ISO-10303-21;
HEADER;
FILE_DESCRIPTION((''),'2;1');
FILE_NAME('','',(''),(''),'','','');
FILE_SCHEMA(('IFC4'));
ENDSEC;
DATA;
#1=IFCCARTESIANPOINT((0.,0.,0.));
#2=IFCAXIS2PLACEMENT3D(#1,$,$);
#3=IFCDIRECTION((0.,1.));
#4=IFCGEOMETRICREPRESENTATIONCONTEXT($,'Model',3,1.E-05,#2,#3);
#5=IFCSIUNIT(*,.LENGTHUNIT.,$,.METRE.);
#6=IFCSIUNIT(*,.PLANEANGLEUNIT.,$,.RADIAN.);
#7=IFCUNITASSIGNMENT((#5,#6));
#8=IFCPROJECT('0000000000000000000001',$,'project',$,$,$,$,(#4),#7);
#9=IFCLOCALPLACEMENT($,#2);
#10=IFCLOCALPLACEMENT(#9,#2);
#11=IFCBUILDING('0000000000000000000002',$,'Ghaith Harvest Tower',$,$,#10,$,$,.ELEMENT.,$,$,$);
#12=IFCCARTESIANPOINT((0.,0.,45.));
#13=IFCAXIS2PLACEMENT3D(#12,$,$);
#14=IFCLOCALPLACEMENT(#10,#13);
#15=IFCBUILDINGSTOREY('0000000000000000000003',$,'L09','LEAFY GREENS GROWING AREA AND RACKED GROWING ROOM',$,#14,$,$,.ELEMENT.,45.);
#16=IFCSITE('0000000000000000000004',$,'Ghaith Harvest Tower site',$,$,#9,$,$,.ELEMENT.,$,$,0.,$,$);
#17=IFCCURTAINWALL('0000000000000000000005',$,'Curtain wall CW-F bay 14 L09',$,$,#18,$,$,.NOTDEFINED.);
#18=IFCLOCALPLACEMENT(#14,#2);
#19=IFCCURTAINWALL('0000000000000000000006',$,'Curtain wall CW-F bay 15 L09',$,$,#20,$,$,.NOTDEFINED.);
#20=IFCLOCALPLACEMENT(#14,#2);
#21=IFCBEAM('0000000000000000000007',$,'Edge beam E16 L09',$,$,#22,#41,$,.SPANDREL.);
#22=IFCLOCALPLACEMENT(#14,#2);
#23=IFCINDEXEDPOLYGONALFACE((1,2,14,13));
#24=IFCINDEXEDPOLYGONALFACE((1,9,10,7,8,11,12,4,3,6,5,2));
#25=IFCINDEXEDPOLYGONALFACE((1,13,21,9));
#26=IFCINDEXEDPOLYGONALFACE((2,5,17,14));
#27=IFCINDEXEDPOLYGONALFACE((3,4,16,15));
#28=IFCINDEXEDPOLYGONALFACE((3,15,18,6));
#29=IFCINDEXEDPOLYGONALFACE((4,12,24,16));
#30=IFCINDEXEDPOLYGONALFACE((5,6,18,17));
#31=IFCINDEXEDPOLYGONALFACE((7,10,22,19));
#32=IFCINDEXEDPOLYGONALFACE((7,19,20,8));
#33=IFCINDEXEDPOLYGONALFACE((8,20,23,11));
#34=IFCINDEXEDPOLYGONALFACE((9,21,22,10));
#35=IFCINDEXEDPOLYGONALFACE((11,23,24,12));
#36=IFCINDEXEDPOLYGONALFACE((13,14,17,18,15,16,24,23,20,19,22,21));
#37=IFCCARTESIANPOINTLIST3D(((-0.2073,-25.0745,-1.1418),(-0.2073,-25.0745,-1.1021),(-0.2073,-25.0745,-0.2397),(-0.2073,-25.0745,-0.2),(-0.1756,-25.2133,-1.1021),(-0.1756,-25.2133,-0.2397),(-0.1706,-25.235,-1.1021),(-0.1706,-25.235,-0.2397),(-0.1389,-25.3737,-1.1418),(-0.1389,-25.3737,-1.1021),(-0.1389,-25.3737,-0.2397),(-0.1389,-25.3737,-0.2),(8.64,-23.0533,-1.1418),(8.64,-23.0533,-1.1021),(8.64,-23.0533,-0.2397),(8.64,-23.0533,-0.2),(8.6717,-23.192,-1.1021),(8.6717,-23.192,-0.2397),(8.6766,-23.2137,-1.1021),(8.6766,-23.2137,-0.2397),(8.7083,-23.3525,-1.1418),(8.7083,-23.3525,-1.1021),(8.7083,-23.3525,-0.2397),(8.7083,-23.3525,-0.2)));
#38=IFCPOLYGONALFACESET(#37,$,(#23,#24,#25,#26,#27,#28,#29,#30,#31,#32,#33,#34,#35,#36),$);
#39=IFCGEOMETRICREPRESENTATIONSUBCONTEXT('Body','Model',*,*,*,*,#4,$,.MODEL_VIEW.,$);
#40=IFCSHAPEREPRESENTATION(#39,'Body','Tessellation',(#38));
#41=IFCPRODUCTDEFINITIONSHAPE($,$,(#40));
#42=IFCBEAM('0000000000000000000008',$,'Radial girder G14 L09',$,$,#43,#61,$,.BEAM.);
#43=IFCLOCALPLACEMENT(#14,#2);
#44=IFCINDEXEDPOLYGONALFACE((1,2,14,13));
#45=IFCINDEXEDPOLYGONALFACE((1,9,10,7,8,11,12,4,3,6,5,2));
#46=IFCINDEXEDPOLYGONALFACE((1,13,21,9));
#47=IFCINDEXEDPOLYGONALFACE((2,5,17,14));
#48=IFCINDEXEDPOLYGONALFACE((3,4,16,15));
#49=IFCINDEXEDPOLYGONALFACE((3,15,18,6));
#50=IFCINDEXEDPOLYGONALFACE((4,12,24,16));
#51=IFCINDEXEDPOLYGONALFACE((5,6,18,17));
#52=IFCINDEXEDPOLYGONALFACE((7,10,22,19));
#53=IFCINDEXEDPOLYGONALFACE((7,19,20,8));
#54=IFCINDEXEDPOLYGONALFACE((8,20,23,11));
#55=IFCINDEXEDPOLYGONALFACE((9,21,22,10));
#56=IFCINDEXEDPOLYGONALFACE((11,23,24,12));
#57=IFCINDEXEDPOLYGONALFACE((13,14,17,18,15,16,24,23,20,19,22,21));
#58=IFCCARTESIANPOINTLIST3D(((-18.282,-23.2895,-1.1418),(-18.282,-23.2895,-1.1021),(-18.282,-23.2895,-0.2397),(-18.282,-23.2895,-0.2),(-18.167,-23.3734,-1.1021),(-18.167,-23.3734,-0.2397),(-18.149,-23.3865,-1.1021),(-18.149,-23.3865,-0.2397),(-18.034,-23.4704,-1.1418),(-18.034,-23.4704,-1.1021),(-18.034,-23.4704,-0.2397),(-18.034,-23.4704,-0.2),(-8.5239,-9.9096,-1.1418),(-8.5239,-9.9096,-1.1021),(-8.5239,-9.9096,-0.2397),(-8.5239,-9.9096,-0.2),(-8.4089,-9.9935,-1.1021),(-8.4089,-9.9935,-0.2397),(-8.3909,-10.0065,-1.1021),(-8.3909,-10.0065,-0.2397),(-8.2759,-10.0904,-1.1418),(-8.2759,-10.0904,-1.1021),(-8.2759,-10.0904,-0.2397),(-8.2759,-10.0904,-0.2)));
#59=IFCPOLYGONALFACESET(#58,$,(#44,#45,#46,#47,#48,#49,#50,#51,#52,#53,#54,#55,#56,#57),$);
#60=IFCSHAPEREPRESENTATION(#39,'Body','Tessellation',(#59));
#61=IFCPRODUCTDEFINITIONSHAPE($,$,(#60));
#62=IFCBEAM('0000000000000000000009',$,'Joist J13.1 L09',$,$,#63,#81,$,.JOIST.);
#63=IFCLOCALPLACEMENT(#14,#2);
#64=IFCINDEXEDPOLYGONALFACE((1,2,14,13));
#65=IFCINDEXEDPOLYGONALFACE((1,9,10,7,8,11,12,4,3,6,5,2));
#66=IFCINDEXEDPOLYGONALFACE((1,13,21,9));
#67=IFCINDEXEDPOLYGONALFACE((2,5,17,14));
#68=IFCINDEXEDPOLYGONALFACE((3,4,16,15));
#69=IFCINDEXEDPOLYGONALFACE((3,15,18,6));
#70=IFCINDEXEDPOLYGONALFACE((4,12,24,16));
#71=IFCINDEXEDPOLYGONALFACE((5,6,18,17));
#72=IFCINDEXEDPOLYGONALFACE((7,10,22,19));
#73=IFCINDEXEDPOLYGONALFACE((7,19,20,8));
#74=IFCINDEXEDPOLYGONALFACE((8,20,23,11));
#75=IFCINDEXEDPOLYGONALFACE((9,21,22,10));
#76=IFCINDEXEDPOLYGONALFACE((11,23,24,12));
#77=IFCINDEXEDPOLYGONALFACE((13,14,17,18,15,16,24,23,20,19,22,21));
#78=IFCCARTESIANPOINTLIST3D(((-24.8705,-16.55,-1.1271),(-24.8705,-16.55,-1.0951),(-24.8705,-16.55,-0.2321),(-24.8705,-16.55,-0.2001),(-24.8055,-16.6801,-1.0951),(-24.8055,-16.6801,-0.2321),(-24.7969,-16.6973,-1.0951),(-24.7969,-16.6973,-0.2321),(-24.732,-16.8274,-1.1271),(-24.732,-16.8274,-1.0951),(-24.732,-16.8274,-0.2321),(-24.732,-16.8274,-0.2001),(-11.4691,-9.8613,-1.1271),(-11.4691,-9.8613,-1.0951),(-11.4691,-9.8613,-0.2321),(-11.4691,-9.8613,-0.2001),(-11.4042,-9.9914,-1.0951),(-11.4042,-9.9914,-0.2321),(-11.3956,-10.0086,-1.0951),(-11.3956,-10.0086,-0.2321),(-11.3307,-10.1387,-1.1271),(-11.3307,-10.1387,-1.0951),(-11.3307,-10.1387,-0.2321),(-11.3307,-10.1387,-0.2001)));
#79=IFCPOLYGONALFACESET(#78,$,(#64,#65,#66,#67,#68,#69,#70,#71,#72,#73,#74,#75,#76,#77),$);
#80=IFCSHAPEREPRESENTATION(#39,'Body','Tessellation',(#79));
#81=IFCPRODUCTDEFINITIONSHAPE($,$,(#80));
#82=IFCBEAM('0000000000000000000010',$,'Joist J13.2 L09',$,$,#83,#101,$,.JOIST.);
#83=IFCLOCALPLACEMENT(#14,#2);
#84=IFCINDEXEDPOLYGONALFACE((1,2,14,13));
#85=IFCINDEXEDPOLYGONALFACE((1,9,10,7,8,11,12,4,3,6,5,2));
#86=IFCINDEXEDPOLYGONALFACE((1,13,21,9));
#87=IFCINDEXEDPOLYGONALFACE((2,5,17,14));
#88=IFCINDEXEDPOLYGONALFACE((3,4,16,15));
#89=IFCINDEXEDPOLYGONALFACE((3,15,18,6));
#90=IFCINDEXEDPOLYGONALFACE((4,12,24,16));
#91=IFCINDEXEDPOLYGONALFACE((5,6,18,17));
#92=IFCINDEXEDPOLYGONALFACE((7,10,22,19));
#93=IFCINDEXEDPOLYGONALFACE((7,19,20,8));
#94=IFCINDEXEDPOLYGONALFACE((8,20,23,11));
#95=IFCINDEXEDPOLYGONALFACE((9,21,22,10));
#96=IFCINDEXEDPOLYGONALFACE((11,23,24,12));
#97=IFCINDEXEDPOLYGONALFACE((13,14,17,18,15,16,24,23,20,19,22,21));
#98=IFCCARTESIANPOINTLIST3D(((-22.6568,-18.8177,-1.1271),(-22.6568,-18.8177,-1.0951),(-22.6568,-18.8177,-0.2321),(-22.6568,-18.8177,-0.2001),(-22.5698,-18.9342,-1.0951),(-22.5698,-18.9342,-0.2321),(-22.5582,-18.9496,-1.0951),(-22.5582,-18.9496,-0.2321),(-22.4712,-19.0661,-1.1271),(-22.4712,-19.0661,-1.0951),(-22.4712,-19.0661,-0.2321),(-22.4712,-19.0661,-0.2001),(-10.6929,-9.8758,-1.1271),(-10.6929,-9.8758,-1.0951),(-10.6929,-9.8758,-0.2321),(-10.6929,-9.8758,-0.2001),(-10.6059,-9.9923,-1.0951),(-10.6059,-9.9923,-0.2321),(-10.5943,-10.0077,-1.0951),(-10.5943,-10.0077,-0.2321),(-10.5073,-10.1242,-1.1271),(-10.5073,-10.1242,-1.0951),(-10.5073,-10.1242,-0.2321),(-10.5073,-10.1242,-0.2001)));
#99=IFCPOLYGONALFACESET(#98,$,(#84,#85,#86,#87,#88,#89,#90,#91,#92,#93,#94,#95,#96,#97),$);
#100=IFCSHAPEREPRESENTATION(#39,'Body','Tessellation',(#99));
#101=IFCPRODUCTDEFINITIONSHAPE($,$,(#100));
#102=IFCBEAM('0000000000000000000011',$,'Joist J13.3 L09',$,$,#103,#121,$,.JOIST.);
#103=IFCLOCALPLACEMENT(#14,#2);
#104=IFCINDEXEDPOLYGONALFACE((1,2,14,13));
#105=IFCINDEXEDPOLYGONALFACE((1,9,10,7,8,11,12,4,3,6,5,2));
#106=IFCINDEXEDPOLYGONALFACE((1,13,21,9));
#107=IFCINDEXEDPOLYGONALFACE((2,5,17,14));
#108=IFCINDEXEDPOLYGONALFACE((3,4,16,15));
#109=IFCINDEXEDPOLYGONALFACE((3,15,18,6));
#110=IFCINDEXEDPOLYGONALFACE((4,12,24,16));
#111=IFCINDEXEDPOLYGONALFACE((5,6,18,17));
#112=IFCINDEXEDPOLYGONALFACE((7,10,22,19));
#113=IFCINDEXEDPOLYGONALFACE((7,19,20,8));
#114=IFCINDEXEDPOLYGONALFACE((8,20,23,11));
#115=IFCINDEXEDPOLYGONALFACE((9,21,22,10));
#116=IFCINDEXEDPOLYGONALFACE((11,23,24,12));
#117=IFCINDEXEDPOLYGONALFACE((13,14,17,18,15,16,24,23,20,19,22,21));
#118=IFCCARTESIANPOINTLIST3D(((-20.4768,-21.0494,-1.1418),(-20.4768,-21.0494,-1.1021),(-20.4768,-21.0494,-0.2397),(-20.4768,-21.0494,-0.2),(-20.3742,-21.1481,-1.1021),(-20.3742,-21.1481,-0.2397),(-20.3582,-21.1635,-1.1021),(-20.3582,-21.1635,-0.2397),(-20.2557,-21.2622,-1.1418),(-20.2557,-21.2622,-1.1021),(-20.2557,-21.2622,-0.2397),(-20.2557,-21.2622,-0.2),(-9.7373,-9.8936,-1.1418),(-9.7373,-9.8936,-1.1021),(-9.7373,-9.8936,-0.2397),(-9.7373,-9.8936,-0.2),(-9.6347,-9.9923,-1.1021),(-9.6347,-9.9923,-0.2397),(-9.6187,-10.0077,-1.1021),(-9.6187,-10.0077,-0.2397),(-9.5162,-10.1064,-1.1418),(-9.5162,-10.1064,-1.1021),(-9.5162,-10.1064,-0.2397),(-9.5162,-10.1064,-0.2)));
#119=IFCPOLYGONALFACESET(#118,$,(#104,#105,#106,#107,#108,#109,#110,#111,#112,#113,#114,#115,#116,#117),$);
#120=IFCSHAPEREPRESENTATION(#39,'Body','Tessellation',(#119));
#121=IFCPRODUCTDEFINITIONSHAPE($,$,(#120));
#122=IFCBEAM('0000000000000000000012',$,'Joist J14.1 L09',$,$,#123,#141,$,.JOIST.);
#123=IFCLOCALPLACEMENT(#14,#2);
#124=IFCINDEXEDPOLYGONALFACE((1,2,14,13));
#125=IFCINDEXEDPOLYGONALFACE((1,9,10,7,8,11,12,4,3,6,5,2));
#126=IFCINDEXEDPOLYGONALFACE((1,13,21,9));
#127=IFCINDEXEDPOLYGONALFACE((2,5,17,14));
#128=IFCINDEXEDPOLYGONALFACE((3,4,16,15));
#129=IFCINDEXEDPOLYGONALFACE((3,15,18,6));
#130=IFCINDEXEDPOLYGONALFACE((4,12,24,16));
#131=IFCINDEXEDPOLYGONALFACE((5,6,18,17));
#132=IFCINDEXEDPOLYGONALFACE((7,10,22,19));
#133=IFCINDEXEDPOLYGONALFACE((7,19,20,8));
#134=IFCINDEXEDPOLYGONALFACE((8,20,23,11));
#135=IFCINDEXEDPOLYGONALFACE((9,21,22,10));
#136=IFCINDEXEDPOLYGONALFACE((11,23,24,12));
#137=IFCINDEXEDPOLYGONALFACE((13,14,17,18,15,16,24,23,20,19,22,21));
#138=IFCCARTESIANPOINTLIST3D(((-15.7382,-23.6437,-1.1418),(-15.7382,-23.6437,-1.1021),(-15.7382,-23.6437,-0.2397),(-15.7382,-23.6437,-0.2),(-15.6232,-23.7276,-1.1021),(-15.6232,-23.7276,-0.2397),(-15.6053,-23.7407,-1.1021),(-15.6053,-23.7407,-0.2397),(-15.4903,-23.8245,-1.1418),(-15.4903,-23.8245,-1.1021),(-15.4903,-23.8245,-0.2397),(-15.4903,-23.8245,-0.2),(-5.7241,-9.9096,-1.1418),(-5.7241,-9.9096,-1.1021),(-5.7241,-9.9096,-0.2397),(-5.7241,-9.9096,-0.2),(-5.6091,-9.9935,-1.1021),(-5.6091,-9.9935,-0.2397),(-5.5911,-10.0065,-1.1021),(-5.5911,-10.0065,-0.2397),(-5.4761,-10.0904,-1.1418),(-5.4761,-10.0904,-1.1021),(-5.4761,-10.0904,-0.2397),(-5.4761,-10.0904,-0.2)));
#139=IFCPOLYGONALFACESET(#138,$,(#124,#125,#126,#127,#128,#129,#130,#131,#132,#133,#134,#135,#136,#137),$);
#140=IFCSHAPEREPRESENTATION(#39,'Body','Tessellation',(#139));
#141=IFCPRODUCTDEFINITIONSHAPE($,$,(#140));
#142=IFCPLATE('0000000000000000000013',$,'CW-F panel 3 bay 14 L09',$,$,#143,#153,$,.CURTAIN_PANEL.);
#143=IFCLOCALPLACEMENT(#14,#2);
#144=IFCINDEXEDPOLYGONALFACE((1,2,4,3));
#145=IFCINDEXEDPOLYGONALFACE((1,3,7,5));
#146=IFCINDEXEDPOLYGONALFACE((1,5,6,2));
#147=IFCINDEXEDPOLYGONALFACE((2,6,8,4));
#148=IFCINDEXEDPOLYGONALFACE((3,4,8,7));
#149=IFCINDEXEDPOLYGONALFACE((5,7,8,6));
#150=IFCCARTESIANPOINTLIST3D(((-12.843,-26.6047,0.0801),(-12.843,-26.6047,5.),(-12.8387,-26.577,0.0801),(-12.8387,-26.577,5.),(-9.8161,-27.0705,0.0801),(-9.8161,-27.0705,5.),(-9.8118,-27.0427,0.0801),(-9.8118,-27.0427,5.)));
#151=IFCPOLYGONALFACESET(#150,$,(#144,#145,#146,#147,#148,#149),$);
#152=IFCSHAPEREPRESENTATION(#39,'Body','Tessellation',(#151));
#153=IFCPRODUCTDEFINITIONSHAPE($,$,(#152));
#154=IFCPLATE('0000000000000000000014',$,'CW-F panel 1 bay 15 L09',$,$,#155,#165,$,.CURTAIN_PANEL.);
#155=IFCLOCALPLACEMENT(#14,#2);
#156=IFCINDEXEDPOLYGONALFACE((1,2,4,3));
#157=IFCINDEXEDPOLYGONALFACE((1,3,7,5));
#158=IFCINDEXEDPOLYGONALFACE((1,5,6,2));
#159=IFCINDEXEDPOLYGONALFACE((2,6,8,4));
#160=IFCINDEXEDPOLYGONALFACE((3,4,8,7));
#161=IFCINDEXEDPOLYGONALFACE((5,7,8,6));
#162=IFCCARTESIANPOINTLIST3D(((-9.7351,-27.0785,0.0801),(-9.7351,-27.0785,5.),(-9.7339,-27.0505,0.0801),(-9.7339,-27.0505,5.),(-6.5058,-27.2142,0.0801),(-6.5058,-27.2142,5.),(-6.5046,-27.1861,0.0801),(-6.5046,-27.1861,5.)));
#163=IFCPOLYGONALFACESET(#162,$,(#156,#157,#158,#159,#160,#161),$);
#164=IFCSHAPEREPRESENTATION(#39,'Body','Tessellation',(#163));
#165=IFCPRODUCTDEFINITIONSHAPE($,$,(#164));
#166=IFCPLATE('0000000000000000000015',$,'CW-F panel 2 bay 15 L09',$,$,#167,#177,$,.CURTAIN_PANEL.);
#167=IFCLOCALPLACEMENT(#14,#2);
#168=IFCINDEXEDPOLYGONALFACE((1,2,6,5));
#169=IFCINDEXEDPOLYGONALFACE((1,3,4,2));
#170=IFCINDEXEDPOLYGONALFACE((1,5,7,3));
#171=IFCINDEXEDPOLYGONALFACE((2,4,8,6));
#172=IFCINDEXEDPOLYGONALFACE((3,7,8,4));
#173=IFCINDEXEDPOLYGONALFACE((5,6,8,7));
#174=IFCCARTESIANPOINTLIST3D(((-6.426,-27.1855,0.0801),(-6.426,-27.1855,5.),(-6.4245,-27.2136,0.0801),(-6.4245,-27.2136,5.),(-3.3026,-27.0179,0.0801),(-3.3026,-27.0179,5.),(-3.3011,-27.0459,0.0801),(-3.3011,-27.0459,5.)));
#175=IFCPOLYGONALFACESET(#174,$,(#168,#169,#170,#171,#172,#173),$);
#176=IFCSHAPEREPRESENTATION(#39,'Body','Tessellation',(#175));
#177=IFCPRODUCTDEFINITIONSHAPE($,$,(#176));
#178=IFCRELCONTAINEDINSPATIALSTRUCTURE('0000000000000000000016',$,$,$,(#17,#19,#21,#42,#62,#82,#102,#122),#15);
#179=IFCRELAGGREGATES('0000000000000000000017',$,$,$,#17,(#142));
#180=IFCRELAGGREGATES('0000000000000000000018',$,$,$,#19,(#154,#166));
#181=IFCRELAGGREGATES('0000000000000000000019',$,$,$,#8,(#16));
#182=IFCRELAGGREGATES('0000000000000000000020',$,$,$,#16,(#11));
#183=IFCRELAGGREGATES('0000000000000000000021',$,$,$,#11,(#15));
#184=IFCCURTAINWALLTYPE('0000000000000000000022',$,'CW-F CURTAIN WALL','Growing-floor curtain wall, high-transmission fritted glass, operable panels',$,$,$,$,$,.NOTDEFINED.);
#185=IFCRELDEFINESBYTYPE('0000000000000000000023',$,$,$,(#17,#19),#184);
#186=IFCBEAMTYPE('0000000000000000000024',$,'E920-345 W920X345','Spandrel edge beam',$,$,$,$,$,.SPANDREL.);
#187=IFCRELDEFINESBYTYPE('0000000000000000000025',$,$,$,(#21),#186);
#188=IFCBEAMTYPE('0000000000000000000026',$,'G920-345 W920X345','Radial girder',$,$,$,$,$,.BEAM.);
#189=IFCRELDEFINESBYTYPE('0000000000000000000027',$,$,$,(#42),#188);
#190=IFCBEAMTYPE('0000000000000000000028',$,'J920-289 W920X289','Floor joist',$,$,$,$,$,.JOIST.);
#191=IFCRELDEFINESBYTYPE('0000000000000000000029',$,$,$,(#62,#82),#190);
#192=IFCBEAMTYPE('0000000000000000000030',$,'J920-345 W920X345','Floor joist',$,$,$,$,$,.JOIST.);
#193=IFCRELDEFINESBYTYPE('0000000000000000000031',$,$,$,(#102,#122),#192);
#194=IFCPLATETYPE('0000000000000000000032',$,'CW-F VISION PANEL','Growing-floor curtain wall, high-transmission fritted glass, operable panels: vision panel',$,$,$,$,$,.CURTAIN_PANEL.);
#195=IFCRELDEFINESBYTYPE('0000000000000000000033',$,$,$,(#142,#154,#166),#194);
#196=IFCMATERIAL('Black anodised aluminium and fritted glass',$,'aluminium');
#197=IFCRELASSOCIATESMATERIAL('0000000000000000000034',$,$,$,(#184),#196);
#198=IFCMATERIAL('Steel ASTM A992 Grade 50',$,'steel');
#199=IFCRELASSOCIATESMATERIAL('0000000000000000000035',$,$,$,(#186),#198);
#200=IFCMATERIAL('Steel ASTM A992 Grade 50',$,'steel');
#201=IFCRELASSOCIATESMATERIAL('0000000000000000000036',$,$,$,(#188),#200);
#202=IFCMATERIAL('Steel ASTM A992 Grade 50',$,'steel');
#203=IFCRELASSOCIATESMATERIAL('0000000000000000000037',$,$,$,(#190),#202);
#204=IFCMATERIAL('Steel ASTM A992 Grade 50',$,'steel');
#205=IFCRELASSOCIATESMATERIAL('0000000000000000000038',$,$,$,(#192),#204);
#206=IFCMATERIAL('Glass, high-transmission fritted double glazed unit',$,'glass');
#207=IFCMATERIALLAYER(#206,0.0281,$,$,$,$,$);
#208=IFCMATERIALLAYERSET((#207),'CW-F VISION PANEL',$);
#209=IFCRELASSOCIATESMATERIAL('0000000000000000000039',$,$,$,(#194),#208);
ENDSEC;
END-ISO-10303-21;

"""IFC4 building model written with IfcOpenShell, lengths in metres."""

from ifc_helpers import new_model, si_unit, direction, frame, origin, origin_2d, place, context, subcontext, project, spatial, rectangle, i_section, extrude, material, layer, layer_set, material_profile, profile_set, type_object, element, aggregate, save


model = new_model("IFC4")

# Units and contexts
model_context = context("Model", 3, precision=1e-05, world=origin(), true_north=direction((0.0, 1.0)))
body_context = subcontext(model_context, "Body", "Model", "MODEL_VIEW")
ifc_project = project(units=[si_unit("LENGTHUNIT", "METRE"), si_unit("PLANEANGLEUNIT", "RADIAN")], contexts=[model_context])

# Site, building, storey
site_placement = place(None, origin())
site = spatial("IfcSite", under=ifc_project, at=site_placement, Name="Ghaith Harvest Tower site", CompositionType="ELEMENT", RefElevation=0.0)
building_placement = place(site_placement, origin())
building = spatial("IfcBuilding", under=site, at=building_placement, Name="Ghaith Harvest Tower", CompositionType="ELEMENT")
storey_placement = place(building_placement, frame((0.0, 0.0, 45.0)))
storey = spatial("IfcBuildingStorey", under=building, at=storey_placement, Name="L09", Description="LEAFY GREENS GROWING AREA AND RACKED GROWING ROOM", CompositionType="ELEMENT", Elevation=45.0)

# Curtain wall
ifc_material_1 = material(Name="Black anodised aluminium and fritted glass", Category="aluminium")
curtain_wall_type = type_object("IfcCurtainWallType", Name="CW-F CURTAIN WALL", Description="Growing-floor curtain wall, high-transmission fritted glass, operable panels", PredefinedType="NOTDEFINED", material=ifc_material_1)
curtain_wall_1_placement = place(storey_placement, origin())
curtain_wall_1 = element("IfcCurtainWall", 1, at=curtain_wall_1_placement, inside=storey, type_object=curtain_wall_type, Name="Curtain wall CW-F bay 14 L09", PredefinedType="NOTDEFINED")

# Curtain wall
curtain_wall_2_placement = place(storey_placement, origin())
curtain_wall_2 = element("IfcCurtainWall", 2, at=curtain_wall_2_placement, inside=storey, type_object=curtain_wall_type, Name="Curtain wall CW-F bay 15 L09", PredefinedType="NOTDEFINED")

# Beams
ifc_material_2 = material(Name="Steel ASTM A992 Grade 50", Category="steel")
ifc_material_profile_1 = material_profile(ifc_material_2, i_section(OverallWidth=0.3069, OverallDepth=0.9419, WebThickness=0.0222, FlangeThickness=0.0398, at=origin_2d()), Name="W920X345")
ifc_profile_set_1 = profile_set([ifc_material_profile_1], Name="Steel ASTM A992 Grade 50")
beam_type_1 = type_object("IfcBeamType", Name="E920-345 W920X345", Description="Spandrel edge beam", PredefinedType="SPANDREL", material=ifc_profile_set_1)
beam_1_placement = place(storey_placement, frame((-0.1731, -25.2241, -0.6709), z_axis=(0.974882, 0.222723, 0.0), x_axis=(-0.222723, 0.974882, 0.0)))
element("IfcBeam", 3, at=beam_1_placement, inside=storey, type_object=beam_type_1, Name="Edge beam E16 L09", PredefinedType="SPANDREL", context=body_context, shape_type="SweptSolid", body=[
    extrude(i_section(OverallWidth=0.3069, OverallDepth=0.9419, WebThickness=0.0222, FlangeThickness=0.0398, at=origin_2d()), origin(), (0.0, 0.0, 1.0), 9.0752),
])
ifc_material_3 = material(Name="Steel ASTM A992 Grade 50", Category="steel")
ifc_material_profile_2 = material_profile(ifc_material_3, i_section(OverallWidth=0.3069, OverallDepth=0.9419, WebThickness=0.0222, FlangeThickness=0.0398, at=origin_2d()), Name="W920X345")
ifc_profile_set_2 = profile_set([ifc_material_profile_2], Name="Steel ASTM A992 Grade 50")
beam_type_2 = type_object("IfcBeamType", Name="G920-345 W920X345", Description="Radial girder", PredefinedType="BEAM", material=ifc_profile_set_2)
beam_2_placement = place(storey_placement, frame((-8.3999, -10.0, -0.6709), z_axis=(-0.589247, -0.807953, 0.0), x_axis=(0.807953, -0.589247, 0.0)))
element("IfcBeam", 4, at=beam_2_placement, inside=storey, type_object=beam_type_2, Name="Radial girder G14 L09", PredefinedType="BEAM", context=body_context, shape_type="SweptSolid", body=[
    extrude(i_section(OverallWidth=0.3069, OverallDepth=0.9419, WebThickness=0.0222, FlangeThickness=0.0398, at=origin_2d()), origin(), (0.0, 0.0, 1.0), 16.5603),
])
ifc_material_4 = material(Name="Steel ASTM A992 Grade 50", Category="steel")
ifc_material_profile_3 = material_profile(ifc_material_4, i_section(OverallWidth=0.3101, OverallDepth=0.927, WebThickness=0.0193, FlangeThickness=0.032, at=origin_2d()), Name="W920X289")
ifc_profile_set_3 = profile_set([ifc_material_profile_3], Name="Steel ASTM A992 Grade 50")
beam_type_3 = type_object("IfcBeamType", Name="J920-289 W920X289", Description="Floor joist", PredefinedType="JOIST", material=ifc_profile_set_3)
beam_3_placement = place(storey_placement, frame((-11.3999, -10.0, -0.6636), z_axis=(-0.894746, -0.446575, 0.0), x_axis=(0.446575, -0.894746, 0.0)))
element("IfcBeam", 5, at=beam_3_placement, inside=storey, type_object=beam_type_3, Name="Joist J13.1 L09", PredefinedType="JOIST", context=body_context, shape_type="SweptSolid", body=[
    extrude(i_section(OverallWidth=0.3101, OverallDepth=0.927, WebThickness=0.0193, FlangeThickness=0.032, at=origin_2d()), origin(), (0.0, 0.0, 1.0), 14.9778),
])
beam_4_placement = place(storey_placement, frame((-10.6001, -10.0, -0.6636), z_axis=(-0.800995, -0.598671, 0.0), x_axis=(0.598671, -0.800995, 0.0)))
element("IfcBeam", 6, at=beam_4_placement, inside=storey, type_object=beam_type_3, Name="Joist J13.2 L09", PredefinedType="JOIST", context=body_context, shape_type="SweptSolid", body=[
    extrude(i_section(OverallWidth=0.3101, OverallDepth=0.927, WebThickness=0.0193, FlangeThickness=0.032, at=origin_2d()), origin(), (0.0, 0.0, 1.0), 14.9363),
])
ifc_material_5 = material(Name="Steel ASTM A992 Grade 50", Category="steel")
ifc_material_profile_4 = material_profile(ifc_material_5, i_section(OverallWidth=0.3069, OverallDepth=0.9419, WebThickness=0.0222, FlangeThickness=0.0398, at=origin_2d()), Name="W920X345")
ifc_profile_set_4 = profile_set([ifc_material_profile_4], Name="Steel ASTM A992 Grade 50")
beam_type_4 = type_object("IfcBeamType", Name="J920-345 W920X345", Description="Floor joist", PredefinedType="JOIST", material=ifc_profile_set_4)
beam_5_placement = place(storey_placement, frame((-9.6267, -10.0, -0.6709), z_axis=(-0.693538, -0.72042, 0.0), x_axis=(0.72042, -0.693538, 0.0)))
element("IfcBeam", 7, at=beam_5_placement, inside=storey, type_object=beam_type_4, Name="Joist J13.3 L09", PredefinedType="JOIST", context=body_context, shape_type="SweptSolid", body=[
    extrude(i_section(OverallWidth=0.3069, OverallDepth=0.9419, WebThickness=0.0222, FlangeThickness=0.0398, at=origin_2d()), origin(), (0.0, 0.0, 1.0), 15.4851),
])
beam_6_placement = place(storey_placement, frame((-5.6001, -10.0, -0.6709), z_axis=(-0.58916, -0.808016, 0.0), x_axis=(0.808016, -0.58916, 0.0)))
element("IfcBeam", 8, at=beam_6_placement, inside=storey, type_object=beam_type_4, Name="Joist J14.1 L09", PredefinedType="JOIST", context=body_context, shape_type="SweptSolid", body=[
    extrude(i_section(OverallWidth=0.3069, OverallDepth=0.9419, WebThickness=0.0222, FlangeThickness=0.0398, at=origin_2d()), origin(), (0.0, 0.0, 1.0), 16.9973),
])

# Plates
ifc_material_6 = material(Name="Glass, high-transmission fritted double glazed unit", Category="glass")
ifc_layer_1 = layer(ifc_material_6, 0.0281)
ifc_layer_set_1 = layer_set([ifc_layer_1], Name="CW-F VISION PANEL")
plate_type = type_object("IfcPlateType", Name="CW-F VISION PANEL", Description="Growing-floor curtain wall, high-transmission fritted glass, operable panels: vision panel", PredefinedType="CURTAIN_PANEL", material=ifc_layer_set_1)
plate_1_placement = place(storey_placement, frame((-11.3274, -26.8237, 0.0801), z_axis=(0.0, 0.0, 1.0), x_axis=(0.98837, -0.152069, 0.0)))
plate_1 = element("IfcPlate", 9, at=plate_1_placement, type_object=plate_type, Name="CW-F panel 3 bay 14 L09", PredefinedType="CURTAIN_PANEL", context=body_context, shape_type="SweptSolid", body=[
    extrude(rectangle(XDim=3.0625, YDim=0.0281, at=origin_2d()), origin(), (0.0, 0.0, 1.0), 4.9199),
])
aggregate(curtain_wall_1, [plate_1])
plate_2_placement = place(storey_placement, frame((-8.1199, -27.1323, 0.0801), z_axis=(0.0, 0.0, 1.0), x_axis=(0.999119, -0.041967, 0.0)))
plate_2 = element("IfcPlate", 10, at=plate_2_placement, type_object=plate_type, Name="CW-F panel 1 bay 15 L09", PredefinedType="CURTAIN_PANEL", context=body_context, shape_type="SweptSolid", body=[
    extrude(rectangle(XDim=3.2322, YDim=0.0281, at=origin_2d()), origin(), (0.0, 0.0, 1.0), 4.9199),
])
plate_3_placement = place(storey_placement, frame((-4.8635, -27.1157, 0.0801), z_axis=(0.0, 0.0, 1.0), x_axis=(0.998563, 0.0536, 0.0)))
plate_3 = element("IfcPlate", 11, at=plate_3_placement, type_object=plate_type, Name="CW-F panel 2 bay 15 L09", PredefinedType="CURTAIN_PANEL", context=body_context, shape_type="SweptSolid", body=[
    extrude(rectangle(XDim=3.1279, YDim=0.0281, at=origin_2d()), origin(), (0.0, 0.0, 1.0), 4.9199),
])
aggregate(curtain_wall_2, [plate_2, plate_3])

save(model, "model.ifc")
